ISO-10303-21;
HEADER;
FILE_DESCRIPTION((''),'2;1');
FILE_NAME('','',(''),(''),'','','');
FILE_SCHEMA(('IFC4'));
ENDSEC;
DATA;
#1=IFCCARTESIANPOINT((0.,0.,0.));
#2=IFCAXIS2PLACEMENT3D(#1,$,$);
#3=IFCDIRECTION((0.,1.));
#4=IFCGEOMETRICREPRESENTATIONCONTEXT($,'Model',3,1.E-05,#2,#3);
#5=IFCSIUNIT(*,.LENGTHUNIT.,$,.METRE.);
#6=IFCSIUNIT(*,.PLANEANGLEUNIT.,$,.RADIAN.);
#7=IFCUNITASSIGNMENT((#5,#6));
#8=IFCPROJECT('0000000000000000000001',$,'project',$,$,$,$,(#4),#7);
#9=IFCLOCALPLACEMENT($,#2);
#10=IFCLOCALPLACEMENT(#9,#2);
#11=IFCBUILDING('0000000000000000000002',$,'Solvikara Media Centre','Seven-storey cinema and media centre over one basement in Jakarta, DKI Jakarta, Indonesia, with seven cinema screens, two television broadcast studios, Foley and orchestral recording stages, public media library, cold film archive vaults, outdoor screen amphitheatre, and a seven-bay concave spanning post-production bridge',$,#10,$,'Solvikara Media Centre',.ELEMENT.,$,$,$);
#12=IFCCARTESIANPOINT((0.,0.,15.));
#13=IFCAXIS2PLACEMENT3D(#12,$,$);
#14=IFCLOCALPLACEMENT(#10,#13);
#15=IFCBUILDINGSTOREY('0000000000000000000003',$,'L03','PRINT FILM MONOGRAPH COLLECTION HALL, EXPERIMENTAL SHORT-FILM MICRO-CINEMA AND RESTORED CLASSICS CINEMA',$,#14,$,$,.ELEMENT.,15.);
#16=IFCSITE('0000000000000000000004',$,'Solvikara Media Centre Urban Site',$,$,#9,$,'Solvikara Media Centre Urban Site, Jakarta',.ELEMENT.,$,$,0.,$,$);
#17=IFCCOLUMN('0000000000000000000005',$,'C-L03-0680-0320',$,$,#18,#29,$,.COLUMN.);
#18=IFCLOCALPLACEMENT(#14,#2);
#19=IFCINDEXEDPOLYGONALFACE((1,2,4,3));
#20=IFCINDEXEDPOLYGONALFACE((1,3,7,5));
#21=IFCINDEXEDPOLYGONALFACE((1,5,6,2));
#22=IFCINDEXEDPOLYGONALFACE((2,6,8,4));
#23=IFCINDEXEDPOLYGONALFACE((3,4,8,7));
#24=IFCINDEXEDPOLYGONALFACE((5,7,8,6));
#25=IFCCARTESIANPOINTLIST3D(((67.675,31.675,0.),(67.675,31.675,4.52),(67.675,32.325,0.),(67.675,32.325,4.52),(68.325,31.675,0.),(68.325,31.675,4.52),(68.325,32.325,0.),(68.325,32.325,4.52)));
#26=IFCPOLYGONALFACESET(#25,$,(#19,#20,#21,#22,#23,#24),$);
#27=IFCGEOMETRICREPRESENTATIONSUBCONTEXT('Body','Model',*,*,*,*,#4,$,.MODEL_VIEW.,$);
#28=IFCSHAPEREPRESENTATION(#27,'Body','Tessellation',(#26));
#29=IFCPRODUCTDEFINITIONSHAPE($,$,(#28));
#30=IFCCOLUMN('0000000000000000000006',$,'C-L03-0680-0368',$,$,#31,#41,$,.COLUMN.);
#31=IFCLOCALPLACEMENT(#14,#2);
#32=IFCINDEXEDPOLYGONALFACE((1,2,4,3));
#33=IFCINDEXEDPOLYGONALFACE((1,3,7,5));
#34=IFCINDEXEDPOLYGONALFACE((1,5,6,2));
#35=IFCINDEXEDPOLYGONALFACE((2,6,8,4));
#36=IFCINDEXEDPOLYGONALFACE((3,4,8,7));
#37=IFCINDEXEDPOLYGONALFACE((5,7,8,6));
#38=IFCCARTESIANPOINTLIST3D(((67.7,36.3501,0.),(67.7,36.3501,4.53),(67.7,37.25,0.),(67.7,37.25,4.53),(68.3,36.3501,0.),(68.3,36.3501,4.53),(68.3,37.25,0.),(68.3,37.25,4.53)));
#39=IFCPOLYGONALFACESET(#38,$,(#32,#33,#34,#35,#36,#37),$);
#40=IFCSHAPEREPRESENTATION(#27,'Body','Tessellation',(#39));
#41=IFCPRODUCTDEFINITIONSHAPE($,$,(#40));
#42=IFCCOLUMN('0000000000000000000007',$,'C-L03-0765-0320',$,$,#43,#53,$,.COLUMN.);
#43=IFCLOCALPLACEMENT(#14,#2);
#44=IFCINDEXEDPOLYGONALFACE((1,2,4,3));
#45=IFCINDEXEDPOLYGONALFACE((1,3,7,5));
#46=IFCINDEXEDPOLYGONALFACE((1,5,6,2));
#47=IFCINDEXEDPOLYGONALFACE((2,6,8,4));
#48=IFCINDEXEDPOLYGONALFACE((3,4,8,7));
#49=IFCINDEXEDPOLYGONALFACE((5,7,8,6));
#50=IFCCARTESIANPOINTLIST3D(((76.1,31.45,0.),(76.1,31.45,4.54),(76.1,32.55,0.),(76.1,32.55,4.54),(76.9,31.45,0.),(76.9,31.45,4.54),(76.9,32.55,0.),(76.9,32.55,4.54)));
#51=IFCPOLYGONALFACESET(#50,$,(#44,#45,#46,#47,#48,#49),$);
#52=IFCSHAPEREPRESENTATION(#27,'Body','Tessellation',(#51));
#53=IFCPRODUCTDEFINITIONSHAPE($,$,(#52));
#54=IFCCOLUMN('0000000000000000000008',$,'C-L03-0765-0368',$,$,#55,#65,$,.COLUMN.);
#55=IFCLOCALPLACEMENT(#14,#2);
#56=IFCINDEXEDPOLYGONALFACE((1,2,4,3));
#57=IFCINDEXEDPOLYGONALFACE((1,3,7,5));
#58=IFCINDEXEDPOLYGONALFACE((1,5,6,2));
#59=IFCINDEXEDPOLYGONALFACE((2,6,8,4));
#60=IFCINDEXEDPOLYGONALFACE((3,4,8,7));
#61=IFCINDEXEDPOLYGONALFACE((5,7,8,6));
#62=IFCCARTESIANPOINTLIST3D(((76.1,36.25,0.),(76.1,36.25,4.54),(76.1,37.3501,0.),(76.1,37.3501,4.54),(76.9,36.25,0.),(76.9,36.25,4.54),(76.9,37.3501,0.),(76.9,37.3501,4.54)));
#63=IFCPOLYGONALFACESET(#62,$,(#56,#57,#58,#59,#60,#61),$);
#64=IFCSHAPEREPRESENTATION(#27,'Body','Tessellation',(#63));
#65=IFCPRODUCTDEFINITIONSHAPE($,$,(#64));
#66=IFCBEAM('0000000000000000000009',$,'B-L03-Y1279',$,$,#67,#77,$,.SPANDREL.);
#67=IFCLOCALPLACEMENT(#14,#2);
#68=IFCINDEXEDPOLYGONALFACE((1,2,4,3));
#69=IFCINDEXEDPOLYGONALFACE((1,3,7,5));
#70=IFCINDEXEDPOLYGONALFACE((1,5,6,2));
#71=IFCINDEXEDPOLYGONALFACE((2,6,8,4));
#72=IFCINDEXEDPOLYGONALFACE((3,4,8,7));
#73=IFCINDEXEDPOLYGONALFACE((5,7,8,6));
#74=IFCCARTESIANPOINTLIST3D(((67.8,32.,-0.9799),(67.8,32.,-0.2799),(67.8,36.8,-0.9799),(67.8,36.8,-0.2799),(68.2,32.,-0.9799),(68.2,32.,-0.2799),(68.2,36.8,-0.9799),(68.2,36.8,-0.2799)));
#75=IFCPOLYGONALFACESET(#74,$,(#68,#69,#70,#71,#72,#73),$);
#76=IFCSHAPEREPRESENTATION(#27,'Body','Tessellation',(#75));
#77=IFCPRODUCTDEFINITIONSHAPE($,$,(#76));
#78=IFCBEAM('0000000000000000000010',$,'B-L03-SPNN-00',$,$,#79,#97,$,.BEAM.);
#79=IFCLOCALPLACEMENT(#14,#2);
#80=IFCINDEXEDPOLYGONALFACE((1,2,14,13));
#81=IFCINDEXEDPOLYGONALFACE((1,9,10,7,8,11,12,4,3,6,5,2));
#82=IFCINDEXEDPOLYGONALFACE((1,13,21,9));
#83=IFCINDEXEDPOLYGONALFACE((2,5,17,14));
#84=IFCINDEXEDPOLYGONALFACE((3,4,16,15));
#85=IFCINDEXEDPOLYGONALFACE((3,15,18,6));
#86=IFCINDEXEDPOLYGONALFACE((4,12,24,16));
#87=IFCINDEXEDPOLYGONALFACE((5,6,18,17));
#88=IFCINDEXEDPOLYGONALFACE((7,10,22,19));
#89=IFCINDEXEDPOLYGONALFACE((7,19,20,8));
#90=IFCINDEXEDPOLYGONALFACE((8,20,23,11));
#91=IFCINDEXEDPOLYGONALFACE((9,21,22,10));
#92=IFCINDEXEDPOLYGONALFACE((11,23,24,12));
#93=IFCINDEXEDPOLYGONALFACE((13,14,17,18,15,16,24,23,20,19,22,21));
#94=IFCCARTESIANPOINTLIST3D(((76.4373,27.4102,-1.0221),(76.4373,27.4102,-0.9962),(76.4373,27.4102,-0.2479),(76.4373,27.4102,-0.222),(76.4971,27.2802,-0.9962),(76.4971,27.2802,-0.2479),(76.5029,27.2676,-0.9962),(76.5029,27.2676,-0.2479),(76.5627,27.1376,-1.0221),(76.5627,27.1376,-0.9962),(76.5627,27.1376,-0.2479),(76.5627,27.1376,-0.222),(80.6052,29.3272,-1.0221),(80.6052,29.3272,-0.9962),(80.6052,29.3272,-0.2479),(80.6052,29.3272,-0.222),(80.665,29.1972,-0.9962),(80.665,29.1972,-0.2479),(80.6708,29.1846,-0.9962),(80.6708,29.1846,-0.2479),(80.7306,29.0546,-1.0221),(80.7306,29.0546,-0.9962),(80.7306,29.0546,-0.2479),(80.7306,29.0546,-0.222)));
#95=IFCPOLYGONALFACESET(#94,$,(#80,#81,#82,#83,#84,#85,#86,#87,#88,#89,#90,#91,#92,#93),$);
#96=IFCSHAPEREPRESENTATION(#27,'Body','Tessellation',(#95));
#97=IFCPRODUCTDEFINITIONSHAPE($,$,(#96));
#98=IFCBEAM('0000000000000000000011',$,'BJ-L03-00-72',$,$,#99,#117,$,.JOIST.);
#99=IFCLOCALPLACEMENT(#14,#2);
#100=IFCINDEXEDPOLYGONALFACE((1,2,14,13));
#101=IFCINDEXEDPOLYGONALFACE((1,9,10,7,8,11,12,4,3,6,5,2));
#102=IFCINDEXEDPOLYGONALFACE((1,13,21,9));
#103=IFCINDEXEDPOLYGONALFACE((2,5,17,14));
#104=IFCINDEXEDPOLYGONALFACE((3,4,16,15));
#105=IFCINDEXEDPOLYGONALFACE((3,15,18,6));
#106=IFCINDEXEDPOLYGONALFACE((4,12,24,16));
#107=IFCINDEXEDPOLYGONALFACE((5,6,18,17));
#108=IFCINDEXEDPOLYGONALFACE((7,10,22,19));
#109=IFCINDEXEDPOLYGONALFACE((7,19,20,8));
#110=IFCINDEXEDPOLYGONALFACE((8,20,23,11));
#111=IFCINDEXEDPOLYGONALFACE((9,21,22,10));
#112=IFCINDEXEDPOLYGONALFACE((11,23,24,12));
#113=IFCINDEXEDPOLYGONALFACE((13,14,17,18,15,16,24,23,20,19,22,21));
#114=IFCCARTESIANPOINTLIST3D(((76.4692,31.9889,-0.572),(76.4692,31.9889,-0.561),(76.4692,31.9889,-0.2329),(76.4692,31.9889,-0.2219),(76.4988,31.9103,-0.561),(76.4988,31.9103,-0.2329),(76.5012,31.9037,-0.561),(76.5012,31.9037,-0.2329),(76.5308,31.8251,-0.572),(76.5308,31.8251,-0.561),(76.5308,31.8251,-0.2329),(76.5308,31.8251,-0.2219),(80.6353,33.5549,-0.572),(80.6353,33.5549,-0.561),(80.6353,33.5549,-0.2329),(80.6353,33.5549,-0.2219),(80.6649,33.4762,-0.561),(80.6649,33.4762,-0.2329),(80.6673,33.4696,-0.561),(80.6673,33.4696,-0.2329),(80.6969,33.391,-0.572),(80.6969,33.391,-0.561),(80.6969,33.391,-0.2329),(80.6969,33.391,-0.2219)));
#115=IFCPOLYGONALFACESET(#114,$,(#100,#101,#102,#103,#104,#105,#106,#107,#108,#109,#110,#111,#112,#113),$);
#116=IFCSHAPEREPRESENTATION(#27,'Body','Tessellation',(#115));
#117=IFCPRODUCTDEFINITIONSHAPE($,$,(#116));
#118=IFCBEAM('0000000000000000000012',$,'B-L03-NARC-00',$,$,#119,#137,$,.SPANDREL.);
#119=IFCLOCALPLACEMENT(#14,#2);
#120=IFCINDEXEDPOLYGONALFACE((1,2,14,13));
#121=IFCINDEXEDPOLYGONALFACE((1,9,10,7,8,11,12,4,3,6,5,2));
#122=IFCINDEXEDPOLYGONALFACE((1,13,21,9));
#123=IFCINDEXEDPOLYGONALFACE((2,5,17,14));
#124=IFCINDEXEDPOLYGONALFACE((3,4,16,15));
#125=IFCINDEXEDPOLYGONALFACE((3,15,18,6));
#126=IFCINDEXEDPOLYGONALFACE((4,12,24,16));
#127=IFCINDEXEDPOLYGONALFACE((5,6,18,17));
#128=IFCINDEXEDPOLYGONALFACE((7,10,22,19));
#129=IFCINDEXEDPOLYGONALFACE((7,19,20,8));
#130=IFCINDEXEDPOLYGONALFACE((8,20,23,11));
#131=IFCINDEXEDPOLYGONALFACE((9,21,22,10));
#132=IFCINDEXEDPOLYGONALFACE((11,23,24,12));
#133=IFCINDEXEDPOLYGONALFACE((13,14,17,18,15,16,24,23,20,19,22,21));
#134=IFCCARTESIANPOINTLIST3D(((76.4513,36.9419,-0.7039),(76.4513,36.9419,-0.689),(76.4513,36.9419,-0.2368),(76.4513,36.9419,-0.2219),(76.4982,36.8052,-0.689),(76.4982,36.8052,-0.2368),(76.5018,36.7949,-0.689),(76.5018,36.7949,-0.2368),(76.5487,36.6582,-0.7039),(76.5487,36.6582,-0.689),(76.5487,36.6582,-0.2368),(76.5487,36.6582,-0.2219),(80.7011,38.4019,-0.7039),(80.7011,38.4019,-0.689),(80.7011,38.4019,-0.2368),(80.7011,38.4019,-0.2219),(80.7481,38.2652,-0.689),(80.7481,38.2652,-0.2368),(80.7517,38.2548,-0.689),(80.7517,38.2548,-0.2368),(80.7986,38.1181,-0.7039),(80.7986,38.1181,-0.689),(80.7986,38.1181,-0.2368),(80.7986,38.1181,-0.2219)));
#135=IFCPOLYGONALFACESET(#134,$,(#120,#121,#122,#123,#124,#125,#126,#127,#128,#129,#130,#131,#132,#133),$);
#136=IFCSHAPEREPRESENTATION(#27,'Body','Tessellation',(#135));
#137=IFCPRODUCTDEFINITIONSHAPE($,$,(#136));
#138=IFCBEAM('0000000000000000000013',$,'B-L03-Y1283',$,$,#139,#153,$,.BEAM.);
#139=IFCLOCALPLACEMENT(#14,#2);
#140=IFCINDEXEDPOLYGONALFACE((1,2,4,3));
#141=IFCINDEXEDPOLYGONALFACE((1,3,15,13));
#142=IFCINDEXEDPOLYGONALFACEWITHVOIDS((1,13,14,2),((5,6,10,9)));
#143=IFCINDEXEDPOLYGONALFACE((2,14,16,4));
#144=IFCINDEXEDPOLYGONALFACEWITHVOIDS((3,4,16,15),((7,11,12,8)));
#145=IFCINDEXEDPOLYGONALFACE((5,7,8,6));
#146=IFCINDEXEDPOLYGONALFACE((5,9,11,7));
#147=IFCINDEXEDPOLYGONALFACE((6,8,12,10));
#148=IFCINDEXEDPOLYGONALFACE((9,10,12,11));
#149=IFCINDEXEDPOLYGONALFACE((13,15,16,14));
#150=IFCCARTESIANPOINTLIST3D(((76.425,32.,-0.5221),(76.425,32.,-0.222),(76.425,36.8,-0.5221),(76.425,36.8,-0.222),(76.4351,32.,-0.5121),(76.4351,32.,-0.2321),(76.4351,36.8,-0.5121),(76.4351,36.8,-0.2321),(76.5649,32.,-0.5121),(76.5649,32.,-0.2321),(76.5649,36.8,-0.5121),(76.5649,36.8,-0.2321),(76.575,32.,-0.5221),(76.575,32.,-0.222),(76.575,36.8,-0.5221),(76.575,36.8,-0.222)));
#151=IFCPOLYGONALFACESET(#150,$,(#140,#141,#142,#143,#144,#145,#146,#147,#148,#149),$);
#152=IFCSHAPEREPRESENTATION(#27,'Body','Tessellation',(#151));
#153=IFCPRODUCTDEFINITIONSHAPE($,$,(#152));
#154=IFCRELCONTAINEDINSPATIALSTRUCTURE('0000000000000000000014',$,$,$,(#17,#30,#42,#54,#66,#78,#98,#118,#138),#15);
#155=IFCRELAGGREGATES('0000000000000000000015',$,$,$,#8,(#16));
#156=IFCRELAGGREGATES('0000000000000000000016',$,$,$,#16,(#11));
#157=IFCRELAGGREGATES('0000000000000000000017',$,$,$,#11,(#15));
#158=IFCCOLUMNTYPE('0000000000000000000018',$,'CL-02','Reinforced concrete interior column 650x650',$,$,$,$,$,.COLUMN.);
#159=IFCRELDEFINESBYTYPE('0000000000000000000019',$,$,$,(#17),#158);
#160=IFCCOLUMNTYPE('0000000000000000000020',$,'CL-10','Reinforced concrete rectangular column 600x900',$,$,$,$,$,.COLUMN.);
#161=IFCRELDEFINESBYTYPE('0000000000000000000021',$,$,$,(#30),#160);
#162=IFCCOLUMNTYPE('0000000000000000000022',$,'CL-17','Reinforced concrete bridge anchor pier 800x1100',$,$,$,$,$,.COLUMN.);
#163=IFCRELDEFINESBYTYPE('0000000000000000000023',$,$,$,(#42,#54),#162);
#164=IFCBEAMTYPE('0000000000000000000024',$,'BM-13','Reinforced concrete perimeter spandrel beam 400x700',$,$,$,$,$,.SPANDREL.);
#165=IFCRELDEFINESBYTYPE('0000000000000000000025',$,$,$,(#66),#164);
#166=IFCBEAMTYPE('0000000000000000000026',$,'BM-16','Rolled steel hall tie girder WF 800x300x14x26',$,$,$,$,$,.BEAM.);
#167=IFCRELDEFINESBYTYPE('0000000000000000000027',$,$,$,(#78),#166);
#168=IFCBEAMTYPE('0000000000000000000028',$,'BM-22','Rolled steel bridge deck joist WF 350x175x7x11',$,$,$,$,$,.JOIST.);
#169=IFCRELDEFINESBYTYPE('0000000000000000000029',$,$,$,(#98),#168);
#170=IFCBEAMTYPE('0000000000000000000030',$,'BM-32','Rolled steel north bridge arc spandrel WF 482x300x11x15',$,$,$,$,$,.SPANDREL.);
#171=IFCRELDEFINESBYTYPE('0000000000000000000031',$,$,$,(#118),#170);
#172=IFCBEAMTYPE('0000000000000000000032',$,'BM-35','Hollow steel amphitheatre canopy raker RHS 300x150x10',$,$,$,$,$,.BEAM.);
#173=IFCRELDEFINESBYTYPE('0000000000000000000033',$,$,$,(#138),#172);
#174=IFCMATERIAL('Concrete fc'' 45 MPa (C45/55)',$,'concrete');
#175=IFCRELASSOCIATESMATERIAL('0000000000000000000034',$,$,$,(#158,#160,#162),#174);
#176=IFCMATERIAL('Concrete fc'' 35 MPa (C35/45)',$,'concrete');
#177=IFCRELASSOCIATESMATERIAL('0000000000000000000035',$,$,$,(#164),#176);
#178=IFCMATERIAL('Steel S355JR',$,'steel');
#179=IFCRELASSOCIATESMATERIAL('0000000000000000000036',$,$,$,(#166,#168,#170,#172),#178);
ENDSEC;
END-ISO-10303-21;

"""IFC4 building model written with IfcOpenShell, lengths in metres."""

from ifc_helpers import new_model, si_unit, direction, frame, origin, origin_2d, place, context, subcontext, project, spatial, rectangle, hollow_rectangle, i_section, extrude, material, material_profile, profile_set, type_object, element, save


model = new_model("IFC4")

# Units and contexts
model_context = context("Model", 3, precision=1e-05, world=origin(), true_north=direction((0.0, 1.0)))
body_context = subcontext(model_context, "Body", "Model", "MODEL_VIEW")
ifc_project = project(units=[si_unit("LENGTHUNIT", "METRE"), si_unit("PLANEANGLEUNIT", "RADIAN")], contexts=[model_context])

# Site, building, storey
site_placement = place(None, origin())
site = spatial("IfcSite", under=ifc_project, at=site_placement, Name="Solvikara Media Centre Urban Site", LongName="Solvikara Media Centre Urban Site, Jakarta", CompositionType="ELEMENT", RefElevation=0.0)
building_placement = place(site_placement, origin())
building = spatial("IfcBuilding", under=site, at=building_placement, Name="Solvikara Media Centre", Description="Seven-storey cinema and media centre over one basement in Jakarta, DKI Jakarta, Indonesia, with seven cinema screens, two television broadcast studios, Foley and orchestral recording stages, public media library, cold film archive vaults, outdoor screen amphitheatre, and a seven-bay concave spanning post-production bridge", LongName="Solvikara Media Centre", CompositionType="ELEMENT")
storey_placement = place(building_placement, frame((0.0, 0.0, 15.0)))
storey = spatial("IfcBuildingStorey", under=building, at=storey_placement, Name="L03", Description="PRINT FILM MONOGRAPH COLLECTION HALL, EXPERIMENTAL SHORT-FILM MICRO-CINEMA AND RESTORED CLASSICS CINEMA", CompositionType="ELEMENT", Elevation=15.0)

# Columns
ifc_material_1 = material(Name="Concrete fc' 45 MPa (C45/55)", Category="concrete")
ifc_material_profile_1 = material_profile(ifc_material_1, rectangle(XDim=0.6499, YDim=0.6499, at=origin_2d()), Name="RC 650x650")
ifc_profile_set_1 = profile_set([ifc_material_profile_1], Name="Concrete fc' 45 MPa (C45/55)")
column_type_1 = type_object("IfcColumnType", Name="CL-02", Description="Reinforced concrete interior column 650x650", PredefinedType="COLUMN", material=ifc_profile_set_1)
column_1_placement = place(storey_placement, frame((68.0, 32.0, 0.0), z_axis=(0.0, 0.0, 1.0), x_axis=(1.0, 0.0, 0.0)))
element("IfcColumn", 1, at=column_1_placement, inside=storey, type_object=column_type_1, Name="C-L03-0680-0320", PredefinedType="COLUMN", context=body_context, shape_type="SweptSolid", body=[
    extrude(rectangle(XDim=0.6499, YDim=0.6499, at=origin_2d()), origin(), (0.0, 0.0, 1.0), 4.52),
])
ifc_material_profile_2 = material_profile(ifc_material_1, rectangle(XDim=0.6001, YDim=0.8999, at=origin_2d()), Name="RC 600x900")
ifc_profile_set_2 = profile_set([ifc_material_profile_2], Name="Concrete fc' 45 MPa (C45/55)")
column_type_2 = type_object("IfcColumnType", Name="CL-10", Description="Reinforced concrete rectangular column 600x900", PredefinedType="COLUMN", material=ifc_profile_set_2)
column_2_placement = place(storey_placement, frame((68.0, 36.8, 0.0), z_axis=(0.0, 0.0, 1.0), x_axis=(1.0, 0.0, 0.0)))
element("IfcColumn", 2, at=column_2_placement, inside=storey, type_object=column_type_2, Name="C-L03-0680-0368", PredefinedType="COLUMN", context=body_context, shape_type="SweptSolid", body=[
    extrude(rectangle(XDim=0.6001, YDim=0.8999, at=origin_2d()), origin(), (0.0, 0.0, 1.0), 4.53),
])
ifc_material_profile_3 = material_profile(ifc_material_1, rectangle(XDim=0.8, YDim=1.1001, at=origin_2d()), Name="RC 800x1100")
ifc_profile_set_3 = profile_set([ifc_material_profile_3], Name="Concrete fc' 45 MPa (C45/55)")
column_type_3 = type_object("IfcColumnType", Name="CL-17", Description="Reinforced concrete bridge anchor pier 800x1100", PredefinedType="COLUMN", material=ifc_profile_set_3)
for number, where, z_axis, x_axis, name in (
    (3, (76.5, 32.0, 0.0), (0.0, 0.0, 1.0), (1.0, 0.0, 0.0), "C-L03-0765-0320"),
    (4, (76.5, 36.8, 0.0), (0.0, 0.0, 1.0), (1.0, 0.0, 0.0), "C-L03-0765-0368"),
):
    element("IfcColumn", number, at=place(storey_placement, frame(where, z_axis=z_axis, x_axis=x_axis)), inside=storey, type_object=column_type_3, Name=name, PredefinedType="COLUMN", context=body_context, shape_type="SweptSolid", body=[
        extrude(rectangle(XDim=0.8, YDim=1.1001, at=origin_2d()), origin(), (0.0, 0.0, 1.0), 4.54),
    ])

# Beams
ifc_material_2 = material(Name="Concrete fc' 35 MPa (C35/45)", Category="concrete")
ifc_material_profile_4 = material_profile(ifc_material_2, rectangle(XDim=0.3999, YDim=0.7, at=origin_2d()), Name="RC 400x700")
ifc_profile_set_4 = profile_set([ifc_material_profile_4], Name="Concrete fc' 35 MPa (C35/45)")
beam_type_1 = type_object("IfcBeamType", Name="BM-13", Description="Reinforced concrete perimeter spandrel beam 400x700", PredefinedType="SPANDREL", material=ifc_profile_set_4)
beam_1_placement = place(storey_placement, frame((68.0, 32.0, -0.6299), z_axis=(0.0, 1.0, 0.0), x_axis=(-1.0, 0.0, 0.0)))
element("IfcBeam", 5, at=beam_1_placement, inside=storey, type_object=beam_type_1, Name="B-L03-Y1279", PredefinedType="SPANDREL", context=body_context, shape_type="SweptSolid", body=[
    extrude(rectangle(XDim=0.3999, YDim=0.7, at=origin_2d()), origin(), (0.0, 0.0, 1.0), 4.8),
])
ifc_material_3 = material(Name="Steel S355JR", Category="steel")
ifc_material_profile_5 = material_profile(ifc_material_3, i_section(OverallWidth=0.3, OverallDepth=0.8, WebThickness=0.0139, FlangeThickness=0.0259, at=origin_2d()), Name="WF 800x300x14x26")
ifc_profile_set_5 = profile_set([ifc_material_profile_5], Name="Steel S355JR")
beam_type_2 = type_object("IfcBeamType", Name="BM-16", Description="Rolled steel hall tie girder WF 800x300x14x26", PredefinedType="BEAM", material=ifc_profile_set_5)
beam_2_placement = place(storey_placement, frame((76.5, 27.2739, -0.6221), z_axis=(0.908513, 0.417856, 0.0), x_axis=(-0.417856, 0.908513, 0.0)))
element("IfcBeam", 6, at=beam_2_placement, inside=storey, type_object=beam_type_2, Name="B-L03-SPNN-00", PredefinedType="BEAM", context=body_context, shape_type="SweptSolid", body=[
    extrude(i_section(OverallWidth=0.3, OverallDepth=0.8, WebThickness=0.0139, FlangeThickness=0.0259, at=origin_2d()), origin(), (0.0, 0.0, 1.0), 4.5876),
])
ifc_material_profile_6 = material_profile(ifc_material_3, i_section(OverallWidth=0.175, OverallDepth=0.3501, WebThickness=0.0071, FlangeThickness=0.011, at=origin_2d()), Name="WF 350x175x7x11")
ifc_profile_set_6 = profile_set([ifc_material_profile_6], Name="Steel S355JR")
beam_type_3 = type_object("IfcBeamType", Name="BM-22", Description="Rolled steel bridge deck joist WF 350x175x7x11", PredefinedType="JOIST", material=ifc_profile_set_6)
beam_3_placement = place(storey_placement, frame((76.5, 31.907, -0.397), z_axis=(0.936058, 0.351845, 0.0), x_axis=(-0.351845, 0.936058, 0.0)))
element("IfcBeam", 7, at=beam_3_placement, inside=storey, type_object=beam_type_3, Name="BJ-L03-00-72", PredefinedType="JOIST", context=body_context, shape_type="SweptSolid", body=[
    extrude(i_section(OverallWidth=0.175, OverallDepth=0.3501, WebThickness=0.0071, FlangeThickness=0.011, at=origin_2d()), origin(), (0.0, 0.0, 1.0), 4.4507),
])
ifc_material_profile_7 = material_profile(ifc_material_3, i_section(OverallWidth=0.3, OverallDepth=0.4819, WebThickness=0.011, FlangeThickness=0.0149, at=origin_2d()), Name="WF 482x300x11x15")
ifc_profile_set_7 = profile_set([ifc_material_profile_7], Name="Steel S355JR")
beam_type_4 = type_object("IfcBeamType", Name="BM-32", Description="Rolled steel north bridge arc spandrel WF 482x300x11x15", PredefinedType="SPANDREL", material=ifc_profile_set_7)
beam_4_placement = place(storey_placement, frame((76.5, 36.8, -0.4629), z_axis=(0.945753, 0.324885, 0.0), x_axis=(-0.324885, 0.945753, 0.0)))
element("IfcBeam", 8, at=beam_4_placement, inside=storey, type_object=beam_type_4, Name="B-L03-NARC-00", PredefinedType="SPANDREL", context=body_context, shape_type="SweptSolid", body=[
    extrude(i_section(OverallWidth=0.3, OverallDepth=0.4819, WebThickness=0.011, FlangeThickness=0.0149, at=origin_2d()), origin(), (0.0, 0.0, 1.0), 4.4937),
])
ifc_material_profile_8 = material_profile(ifc_material_3, hollow_rectangle(XDim=0.1499, YDim=0.3, WallThickness=0.01, at=origin_2d()), Name="RHS 300x150x10")
ifc_profile_set_8 = profile_set([ifc_material_profile_8], Name="Steel S355JR")
beam_type_5 = type_object("IfcBeamType", Name="BM-35", Description="Hollow steel amphitheatre canopy raker RHS 300x150x10", PredefinedType="BEAM", material=ifc_profile_set_8)
beam_5_placement = place(storey_placement, frame((76.5, 32.0, -0.3721), z_axis=(0.0, 1.0, 0.0), x_axis=(-1.0, 0.0, 0.0)))
element("IfcBeam", 9, at=beam_5_placement, inside=storey, type_object=beam_type_5, Name="B-L03-Y1283", PredefinedType="BEAM", context=body_context, shape_type="SweptSolid", body=[
    extrude(hollow_rectangle(XDim=0.1499, YDim=0.3, WallThickness=0.01, at=origin_2d()), origin(), (0.0, 0.0, 1.0), 4.8),
])

save(model, "model.ifc")
